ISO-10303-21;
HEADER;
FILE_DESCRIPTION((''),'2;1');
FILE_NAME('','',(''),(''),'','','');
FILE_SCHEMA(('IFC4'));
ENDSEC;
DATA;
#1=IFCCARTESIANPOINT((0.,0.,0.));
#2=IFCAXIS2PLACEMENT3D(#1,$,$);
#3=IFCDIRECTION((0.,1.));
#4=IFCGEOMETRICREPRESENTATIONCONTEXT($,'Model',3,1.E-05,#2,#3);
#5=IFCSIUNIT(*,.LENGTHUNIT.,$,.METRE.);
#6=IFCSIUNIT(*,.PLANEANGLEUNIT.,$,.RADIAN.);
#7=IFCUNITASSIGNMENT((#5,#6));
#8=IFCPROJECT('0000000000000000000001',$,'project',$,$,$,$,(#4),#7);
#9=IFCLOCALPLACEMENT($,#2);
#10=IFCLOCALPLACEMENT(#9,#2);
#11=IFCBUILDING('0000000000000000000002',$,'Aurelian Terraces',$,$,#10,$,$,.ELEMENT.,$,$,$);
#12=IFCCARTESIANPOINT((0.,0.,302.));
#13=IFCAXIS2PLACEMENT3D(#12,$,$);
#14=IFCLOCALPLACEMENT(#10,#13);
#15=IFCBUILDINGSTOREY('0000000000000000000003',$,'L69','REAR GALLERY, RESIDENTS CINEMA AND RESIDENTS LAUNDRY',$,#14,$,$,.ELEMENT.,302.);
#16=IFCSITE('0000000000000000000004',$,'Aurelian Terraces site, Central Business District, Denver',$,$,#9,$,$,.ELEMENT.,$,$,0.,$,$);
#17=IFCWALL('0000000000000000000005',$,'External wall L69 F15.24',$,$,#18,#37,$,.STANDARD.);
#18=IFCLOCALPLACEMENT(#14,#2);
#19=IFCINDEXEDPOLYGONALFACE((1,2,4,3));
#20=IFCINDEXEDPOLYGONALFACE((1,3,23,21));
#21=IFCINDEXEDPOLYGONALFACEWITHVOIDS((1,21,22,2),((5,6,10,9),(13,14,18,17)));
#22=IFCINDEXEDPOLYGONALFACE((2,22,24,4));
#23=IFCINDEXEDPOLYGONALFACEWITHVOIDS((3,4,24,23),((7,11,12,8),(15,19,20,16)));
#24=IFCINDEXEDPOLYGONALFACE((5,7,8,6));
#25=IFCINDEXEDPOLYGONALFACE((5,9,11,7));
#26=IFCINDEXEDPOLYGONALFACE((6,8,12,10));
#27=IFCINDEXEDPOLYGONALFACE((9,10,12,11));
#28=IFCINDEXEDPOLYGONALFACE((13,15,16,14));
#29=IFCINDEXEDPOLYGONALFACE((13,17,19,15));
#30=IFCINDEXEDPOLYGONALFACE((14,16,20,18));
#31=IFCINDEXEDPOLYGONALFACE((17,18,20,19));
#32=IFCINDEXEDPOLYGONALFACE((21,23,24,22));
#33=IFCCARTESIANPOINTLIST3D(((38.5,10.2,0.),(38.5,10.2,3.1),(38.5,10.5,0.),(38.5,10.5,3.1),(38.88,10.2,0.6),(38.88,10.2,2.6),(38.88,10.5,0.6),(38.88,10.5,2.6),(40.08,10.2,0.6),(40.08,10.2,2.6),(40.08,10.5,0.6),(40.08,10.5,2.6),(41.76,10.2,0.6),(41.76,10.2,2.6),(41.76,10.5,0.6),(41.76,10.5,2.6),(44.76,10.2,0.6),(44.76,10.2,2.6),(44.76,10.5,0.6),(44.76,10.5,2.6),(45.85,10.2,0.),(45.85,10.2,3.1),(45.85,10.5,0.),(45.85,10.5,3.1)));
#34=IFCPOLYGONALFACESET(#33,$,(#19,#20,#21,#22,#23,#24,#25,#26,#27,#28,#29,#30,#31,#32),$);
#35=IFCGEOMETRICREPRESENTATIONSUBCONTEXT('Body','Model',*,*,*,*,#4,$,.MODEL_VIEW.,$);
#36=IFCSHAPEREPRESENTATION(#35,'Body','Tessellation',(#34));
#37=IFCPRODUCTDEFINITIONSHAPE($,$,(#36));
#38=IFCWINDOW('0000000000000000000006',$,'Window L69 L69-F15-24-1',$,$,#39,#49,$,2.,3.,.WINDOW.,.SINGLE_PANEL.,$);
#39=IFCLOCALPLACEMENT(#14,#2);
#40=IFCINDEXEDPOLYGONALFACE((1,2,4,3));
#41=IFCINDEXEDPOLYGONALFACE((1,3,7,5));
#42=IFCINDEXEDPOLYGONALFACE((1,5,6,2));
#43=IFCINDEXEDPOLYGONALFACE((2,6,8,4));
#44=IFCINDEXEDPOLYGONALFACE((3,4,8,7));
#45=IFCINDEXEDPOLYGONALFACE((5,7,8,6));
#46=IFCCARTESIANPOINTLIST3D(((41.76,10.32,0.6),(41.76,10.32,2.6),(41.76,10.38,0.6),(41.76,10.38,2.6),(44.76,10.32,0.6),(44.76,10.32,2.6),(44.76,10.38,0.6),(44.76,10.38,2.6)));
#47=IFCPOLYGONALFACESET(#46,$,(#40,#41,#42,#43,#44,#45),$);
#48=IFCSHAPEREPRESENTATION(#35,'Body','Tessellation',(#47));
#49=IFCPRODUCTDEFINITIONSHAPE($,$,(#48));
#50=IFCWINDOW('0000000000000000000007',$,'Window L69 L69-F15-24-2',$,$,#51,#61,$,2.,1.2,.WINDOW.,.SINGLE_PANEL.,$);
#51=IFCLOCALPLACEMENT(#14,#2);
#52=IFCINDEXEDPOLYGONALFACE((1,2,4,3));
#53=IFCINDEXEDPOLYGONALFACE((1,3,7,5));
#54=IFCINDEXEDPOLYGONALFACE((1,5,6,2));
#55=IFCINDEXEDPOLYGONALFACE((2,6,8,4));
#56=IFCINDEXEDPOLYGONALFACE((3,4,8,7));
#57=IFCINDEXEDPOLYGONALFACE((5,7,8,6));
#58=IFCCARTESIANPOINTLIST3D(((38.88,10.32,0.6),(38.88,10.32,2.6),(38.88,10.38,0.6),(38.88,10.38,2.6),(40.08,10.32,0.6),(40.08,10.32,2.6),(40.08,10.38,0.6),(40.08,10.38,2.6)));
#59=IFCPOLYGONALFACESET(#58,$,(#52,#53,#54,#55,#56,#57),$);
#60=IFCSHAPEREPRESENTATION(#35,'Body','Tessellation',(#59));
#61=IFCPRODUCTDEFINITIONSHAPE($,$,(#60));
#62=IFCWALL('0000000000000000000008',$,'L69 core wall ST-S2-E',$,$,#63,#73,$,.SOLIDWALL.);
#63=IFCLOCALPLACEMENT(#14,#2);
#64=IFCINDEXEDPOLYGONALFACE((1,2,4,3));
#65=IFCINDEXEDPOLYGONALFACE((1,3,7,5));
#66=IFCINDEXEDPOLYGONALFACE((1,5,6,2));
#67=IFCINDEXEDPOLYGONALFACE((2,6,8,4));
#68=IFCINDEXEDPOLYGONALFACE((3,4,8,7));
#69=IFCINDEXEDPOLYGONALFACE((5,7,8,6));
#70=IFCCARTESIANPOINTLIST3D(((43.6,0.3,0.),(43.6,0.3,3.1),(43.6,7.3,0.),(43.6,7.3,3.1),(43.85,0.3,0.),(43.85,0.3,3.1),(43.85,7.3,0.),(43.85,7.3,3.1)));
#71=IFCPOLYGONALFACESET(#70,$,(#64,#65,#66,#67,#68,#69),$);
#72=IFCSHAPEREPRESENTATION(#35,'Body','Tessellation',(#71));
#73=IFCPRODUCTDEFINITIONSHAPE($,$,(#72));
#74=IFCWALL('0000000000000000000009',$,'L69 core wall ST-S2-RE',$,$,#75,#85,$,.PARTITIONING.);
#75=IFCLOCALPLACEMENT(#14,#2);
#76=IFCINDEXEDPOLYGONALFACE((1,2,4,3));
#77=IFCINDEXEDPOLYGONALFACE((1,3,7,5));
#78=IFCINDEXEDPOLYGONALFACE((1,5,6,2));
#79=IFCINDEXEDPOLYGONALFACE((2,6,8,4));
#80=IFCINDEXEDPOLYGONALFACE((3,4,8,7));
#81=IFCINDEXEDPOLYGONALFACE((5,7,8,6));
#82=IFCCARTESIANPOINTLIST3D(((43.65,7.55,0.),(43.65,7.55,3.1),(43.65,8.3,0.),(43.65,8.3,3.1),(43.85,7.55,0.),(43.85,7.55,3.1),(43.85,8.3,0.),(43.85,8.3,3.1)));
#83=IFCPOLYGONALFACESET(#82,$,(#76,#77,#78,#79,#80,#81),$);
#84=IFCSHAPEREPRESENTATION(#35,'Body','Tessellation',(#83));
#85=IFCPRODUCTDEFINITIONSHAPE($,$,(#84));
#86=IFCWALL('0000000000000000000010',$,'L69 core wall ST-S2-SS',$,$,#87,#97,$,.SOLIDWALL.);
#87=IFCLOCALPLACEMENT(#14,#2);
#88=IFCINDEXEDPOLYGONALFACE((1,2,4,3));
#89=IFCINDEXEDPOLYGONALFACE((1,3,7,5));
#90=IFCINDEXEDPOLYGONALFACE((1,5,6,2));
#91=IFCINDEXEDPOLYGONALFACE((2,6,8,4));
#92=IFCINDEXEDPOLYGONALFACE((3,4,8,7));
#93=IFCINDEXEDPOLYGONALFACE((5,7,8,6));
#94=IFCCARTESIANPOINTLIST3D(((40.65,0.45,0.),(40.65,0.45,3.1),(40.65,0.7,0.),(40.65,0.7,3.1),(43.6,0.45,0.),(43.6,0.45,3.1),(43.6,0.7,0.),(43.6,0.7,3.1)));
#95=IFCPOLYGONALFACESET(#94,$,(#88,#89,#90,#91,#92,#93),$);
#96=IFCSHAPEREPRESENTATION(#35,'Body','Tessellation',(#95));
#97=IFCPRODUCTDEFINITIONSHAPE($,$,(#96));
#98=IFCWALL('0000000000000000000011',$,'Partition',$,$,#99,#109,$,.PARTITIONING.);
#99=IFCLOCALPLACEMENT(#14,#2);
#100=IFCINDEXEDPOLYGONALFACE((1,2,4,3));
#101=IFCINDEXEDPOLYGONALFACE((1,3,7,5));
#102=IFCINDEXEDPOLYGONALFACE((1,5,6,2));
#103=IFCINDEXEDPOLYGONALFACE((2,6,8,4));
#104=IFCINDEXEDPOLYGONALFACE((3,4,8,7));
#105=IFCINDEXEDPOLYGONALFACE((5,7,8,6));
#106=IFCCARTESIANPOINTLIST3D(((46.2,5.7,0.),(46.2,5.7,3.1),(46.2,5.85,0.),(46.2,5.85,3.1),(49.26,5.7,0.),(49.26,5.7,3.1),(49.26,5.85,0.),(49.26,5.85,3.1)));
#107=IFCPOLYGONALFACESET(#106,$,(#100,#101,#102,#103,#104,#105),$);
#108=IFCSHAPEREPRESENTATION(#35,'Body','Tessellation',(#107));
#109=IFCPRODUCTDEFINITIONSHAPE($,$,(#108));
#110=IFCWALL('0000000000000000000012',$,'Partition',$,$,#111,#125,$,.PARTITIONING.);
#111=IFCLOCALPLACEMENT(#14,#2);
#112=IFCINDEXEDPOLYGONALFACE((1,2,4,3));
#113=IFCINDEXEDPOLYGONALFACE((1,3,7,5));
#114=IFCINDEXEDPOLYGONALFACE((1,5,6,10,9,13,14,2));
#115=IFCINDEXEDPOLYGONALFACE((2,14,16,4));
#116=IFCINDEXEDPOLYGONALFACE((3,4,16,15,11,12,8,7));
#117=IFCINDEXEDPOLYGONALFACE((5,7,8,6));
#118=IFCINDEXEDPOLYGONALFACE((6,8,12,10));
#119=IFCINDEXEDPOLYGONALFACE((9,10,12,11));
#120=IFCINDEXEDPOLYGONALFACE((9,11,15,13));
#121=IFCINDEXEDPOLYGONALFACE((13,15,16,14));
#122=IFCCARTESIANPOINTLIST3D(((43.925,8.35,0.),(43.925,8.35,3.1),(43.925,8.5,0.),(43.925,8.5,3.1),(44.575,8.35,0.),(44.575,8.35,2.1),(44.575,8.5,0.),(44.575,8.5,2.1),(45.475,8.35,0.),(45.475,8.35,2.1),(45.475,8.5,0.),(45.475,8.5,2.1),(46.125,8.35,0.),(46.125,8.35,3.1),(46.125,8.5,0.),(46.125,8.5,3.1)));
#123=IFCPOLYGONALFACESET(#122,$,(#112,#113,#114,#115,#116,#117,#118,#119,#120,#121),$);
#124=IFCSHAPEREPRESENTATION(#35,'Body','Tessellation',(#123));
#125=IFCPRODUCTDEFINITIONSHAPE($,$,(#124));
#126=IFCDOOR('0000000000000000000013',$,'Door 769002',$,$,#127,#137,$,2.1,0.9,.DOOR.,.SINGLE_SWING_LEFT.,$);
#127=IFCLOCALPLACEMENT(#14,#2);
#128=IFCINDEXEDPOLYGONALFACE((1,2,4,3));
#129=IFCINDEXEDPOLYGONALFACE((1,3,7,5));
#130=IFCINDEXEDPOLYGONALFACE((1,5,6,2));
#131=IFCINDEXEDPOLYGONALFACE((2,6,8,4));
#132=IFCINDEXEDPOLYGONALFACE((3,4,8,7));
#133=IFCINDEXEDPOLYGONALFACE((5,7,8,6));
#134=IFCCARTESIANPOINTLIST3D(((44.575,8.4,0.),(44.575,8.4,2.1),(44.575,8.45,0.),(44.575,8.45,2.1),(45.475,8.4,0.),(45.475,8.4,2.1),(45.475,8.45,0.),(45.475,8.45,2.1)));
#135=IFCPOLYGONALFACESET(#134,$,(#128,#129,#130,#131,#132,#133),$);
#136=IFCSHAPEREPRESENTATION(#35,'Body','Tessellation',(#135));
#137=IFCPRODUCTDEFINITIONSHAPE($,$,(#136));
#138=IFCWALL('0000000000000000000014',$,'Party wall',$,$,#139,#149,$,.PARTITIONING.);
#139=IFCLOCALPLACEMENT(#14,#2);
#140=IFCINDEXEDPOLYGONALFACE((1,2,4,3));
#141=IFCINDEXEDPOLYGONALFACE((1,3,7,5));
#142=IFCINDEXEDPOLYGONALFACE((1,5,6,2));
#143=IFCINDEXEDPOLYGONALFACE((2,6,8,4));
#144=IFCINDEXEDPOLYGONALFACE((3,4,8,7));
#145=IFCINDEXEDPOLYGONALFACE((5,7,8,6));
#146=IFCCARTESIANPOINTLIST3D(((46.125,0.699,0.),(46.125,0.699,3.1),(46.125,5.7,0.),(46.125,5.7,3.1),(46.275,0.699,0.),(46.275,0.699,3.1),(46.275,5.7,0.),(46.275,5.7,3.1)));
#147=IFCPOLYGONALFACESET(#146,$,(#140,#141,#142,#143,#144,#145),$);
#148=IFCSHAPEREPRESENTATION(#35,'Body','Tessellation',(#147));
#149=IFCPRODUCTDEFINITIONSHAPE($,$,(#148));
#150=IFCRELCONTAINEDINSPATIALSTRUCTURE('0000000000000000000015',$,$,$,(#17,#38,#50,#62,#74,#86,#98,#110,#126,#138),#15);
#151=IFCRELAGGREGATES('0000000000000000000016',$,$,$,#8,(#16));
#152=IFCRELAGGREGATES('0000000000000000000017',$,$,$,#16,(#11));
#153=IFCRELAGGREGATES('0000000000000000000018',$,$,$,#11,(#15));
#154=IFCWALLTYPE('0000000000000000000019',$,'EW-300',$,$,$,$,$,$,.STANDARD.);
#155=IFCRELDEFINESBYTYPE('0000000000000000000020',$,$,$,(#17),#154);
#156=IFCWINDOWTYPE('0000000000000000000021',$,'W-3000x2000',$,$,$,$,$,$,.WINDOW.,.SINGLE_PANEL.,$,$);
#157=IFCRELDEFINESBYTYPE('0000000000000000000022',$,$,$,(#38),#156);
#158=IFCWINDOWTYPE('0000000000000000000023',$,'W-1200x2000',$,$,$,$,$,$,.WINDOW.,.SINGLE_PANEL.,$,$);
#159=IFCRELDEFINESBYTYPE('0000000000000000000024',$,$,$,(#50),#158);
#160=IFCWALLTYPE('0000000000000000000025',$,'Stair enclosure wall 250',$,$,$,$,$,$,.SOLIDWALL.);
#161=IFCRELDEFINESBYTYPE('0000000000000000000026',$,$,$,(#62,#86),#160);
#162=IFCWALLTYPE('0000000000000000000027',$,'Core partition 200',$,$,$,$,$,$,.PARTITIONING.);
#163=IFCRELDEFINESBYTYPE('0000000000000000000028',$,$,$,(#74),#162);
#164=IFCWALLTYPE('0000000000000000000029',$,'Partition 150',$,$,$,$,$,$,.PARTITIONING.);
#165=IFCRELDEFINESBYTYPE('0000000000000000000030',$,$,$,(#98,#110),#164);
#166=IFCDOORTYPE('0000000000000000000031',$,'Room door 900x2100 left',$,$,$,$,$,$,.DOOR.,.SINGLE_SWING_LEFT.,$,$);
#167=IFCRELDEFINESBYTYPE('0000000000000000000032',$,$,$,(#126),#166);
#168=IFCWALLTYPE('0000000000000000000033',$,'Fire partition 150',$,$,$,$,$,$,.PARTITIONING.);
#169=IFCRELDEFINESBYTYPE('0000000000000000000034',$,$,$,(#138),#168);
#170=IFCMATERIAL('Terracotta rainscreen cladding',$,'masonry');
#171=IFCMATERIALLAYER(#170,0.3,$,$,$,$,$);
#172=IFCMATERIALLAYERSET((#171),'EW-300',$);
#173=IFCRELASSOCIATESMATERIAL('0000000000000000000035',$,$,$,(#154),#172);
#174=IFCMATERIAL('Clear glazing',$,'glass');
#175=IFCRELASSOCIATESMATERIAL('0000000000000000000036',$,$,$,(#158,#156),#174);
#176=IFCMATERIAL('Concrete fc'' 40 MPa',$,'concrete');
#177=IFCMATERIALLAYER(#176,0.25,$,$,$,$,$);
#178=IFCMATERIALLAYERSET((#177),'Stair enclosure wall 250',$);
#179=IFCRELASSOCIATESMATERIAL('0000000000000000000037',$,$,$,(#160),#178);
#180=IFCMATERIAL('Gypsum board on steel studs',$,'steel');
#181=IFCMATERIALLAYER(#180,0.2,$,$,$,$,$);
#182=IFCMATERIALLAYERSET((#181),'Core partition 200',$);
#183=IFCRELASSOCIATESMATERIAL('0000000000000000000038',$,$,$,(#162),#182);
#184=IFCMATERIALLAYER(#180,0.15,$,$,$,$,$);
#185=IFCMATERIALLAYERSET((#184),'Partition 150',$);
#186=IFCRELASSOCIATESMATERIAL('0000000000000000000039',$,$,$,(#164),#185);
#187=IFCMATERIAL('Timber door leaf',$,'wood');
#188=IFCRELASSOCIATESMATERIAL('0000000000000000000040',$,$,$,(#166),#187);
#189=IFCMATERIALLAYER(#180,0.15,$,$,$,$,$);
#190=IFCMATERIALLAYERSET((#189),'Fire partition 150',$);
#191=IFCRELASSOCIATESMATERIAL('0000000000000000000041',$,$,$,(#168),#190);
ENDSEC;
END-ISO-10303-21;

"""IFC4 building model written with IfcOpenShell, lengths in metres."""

from ifc_helpers import new_model, si_unit, direction, frame, frame_2d, origin, place, context, subcontext, project, spatial, rectangle, extrude, source, transform, mapped, material, layer, layer_set, type_object, element, fill, save


model = new_model("IFC4")

# Units and contexts
model_context = context("Model", 3, precision=1e-05, world=origin(), true_north=direction((0.0, 1.0)))
body_context = subcontext(model_context, "Body", "Model", "MODEL_VIEW")
ifc_project = project(units=[si_unit("LENGTHUNIT", "METRE"), si_unit("PLANEANGLEUNIT", "RADIAN")], contexts=[model_context])

# Site, building, storey
site_placement = place(None, origin())
site = spatial("IfcSite", under=ifc_project, at=site_placement, Name="Aurelian Terraces site, Central Business District, Denver", CompositionType="ELEMENT", RefElevation=0.0)
building_placement = place(site_placement, origin())
building = spatial("IfcBuilding", under=site, at=building_placement, Name="Aurelian Terraces", CompositionType="ELEMENT")
storey_placement = place(building_placement, frame((0.0, 0.0, 302.0)))
storey = spatial("IfcBuildingStorey", under=building, at=storey_placement, Name="L69", Description="REAR GALLERY, RESIDENTS CINEMA AND RESIDENTS LAUNDRY", CompositionType="ELEMENT", Elevation=302.0)

# Shared definitions
ifc_material_1 = material(Name="Terracotta rainscreen cladding", Category="masonry")
ifc_layer_1 = layer(ifc_material_1, 0.3)
ifc_layer_set_1 = layer_set([ifc_layer_1], Name="EW-300")
wall_type_1 = type_object("IfcWallType", Name="EW-300", PredefinedType="STANDARD", material=ifc_layer_set_1)
ifc_material_2 = material(Name="Clear glazing", Category="glass")
shared_shape_1 = source(origin(), body_context, "Body", "SweptSolid", [
    extrude(rectangle(XDim=1.2, YDim=2.0, at=frame_2d((0.6, 1.0))), frame((0.0, 0.16, 0.0), z_axis=(0.0, -1.0, 0.0), x_axis=(1.0, 0.0, 0.0)), (0.0, 0.0, 1.0), 0.32),
])
window_type_1 = type_object("IfcWindowType", Name="W-1200x2000", PartitioningType="SINGLE_PANEL", PredefinedType="WINDOW", material=ifc_material_2)
shared_shape_2 = source(origin(), body_context, "Body", "SweptSolid", [
    extrude(rectangle(XDim=1.2, YDim=2.0, at=frame_2d((0.6, 1.0))), frame((0.0, 0.03, 0.0), z_axis=(0.0, -1.0, 0.0), x_axis=(1.0, 0.0, 0.0)), (0.0, 0.0, 1.0), 0.06),
])

# Wall, openings, windows
shared_shape_3 = source(origin(), body_context, "Body", "SweptSolid", [
    extrude(rectangle(XDim=7.35, YDim=0.3, at=frame_2d((3.675, 0.0))), origin(), (0.0, 0.0, 1.0), 3.1),
])
wall_1_placement = place(storey_placement, frame((45.85, 10.35, 0.0), z_axis=(0.0, 0.0, 1.0), x_axis=(-1.0, 0.0, 0.0)))
wall_1 = element("IfcWall", 1, at=wall_1_placement, inside=storey, type_object=wall_type_1, Name="External wall L69 F15.24", PredefinedType="STANDARD", context=body_context, shape_type="MappedRepresentation", body=[
    mapped(shared_shape_3, transform((0.0, 0.0, 0.0), scale=1.0)),
])
shared_shape_4 = source(origin(), body_context, "Body", "SweptSolid", [
    extrude(rectangle(XDim=3.0, YDim=2.0, at=frame_2d((1.5, 1.0))), frame((0.0, 0.16, 0.0), z_axis=(0.0, -1.0, 0.0), x_axis=(1.0, 0.0, 0.0)), (0.0, 0.0, 1.0), 0.32),
])
opening_1_placement = place(wall_1_placement, frame((1.09, 0.0, 0.6)))
opening_1 = element("IfcOpeningElement", 2, at=opening_1_placement, cuts=wall_1, PredefinedType="OPENING", context=body_context, shape_type="MappedRepresentation", body=[
    mapped(shared_shape_4, transform((0.0, 0.0, 0.0), scale=1.0)),
])
opening_2_placement = place(wall_1_placement, frame((5.77, 0.0, 0.6)))
opening_2 = element("IfcOpeningElement", 3, at=opening_2_placement, cuts=wall_1, PredefinedType="OPENING", context=body_context, shape_type="MappedRepresentation", body=[
    mapped(shared_shape_1, transform((0.0, 0.0, 0.0), scale=1.0)),
])
window_type_2 = type_object("IfcWindowType", Name="W-3000x2000", PartitioningType="SINGLE_PANEL", PredefinedType="WINDOW", material=ifc_material_2)
shared_shape_5 = source(origin(), body_context, "Body", "SweptSolid", [
    extrude(rectangle(XDim=3.0, YDim=2.0, at=frame_2d((1.5, 1.0))), frame((0.0, 0.03, 0.0), z_axis=(0.0, -1.0, 0.0), x_axis=(1.0, 0.0, 0.0)), (0.0, 0.0, 1.0), 0.06),
])
window_1_placement = place(opening_1_placement, origin())
window_1 = element("IfcWindow", 4, at=window_1_placement, inside=storey, type_object=window_type_2, Name="Window L69 L69-F15-24-1", OverallHeight=2.0, OverallWidth=3.0, PartitioningType="SINGLE_PANEL", PredefinedType="WINDOW", context=body_context, shape_type="MappedRepresentation", body=[
    mapped(shared_shape_5, transform((0.0, 0.0, 0.0), scale=1.0)),
])
fill(opening_1, window_1)
window_2_placement = place(opening_2_placement, origin())
window_2 = element("IfcWindow", 5, at=window_2_placement, inside=storey, type_object=window_type_1, Name="Window L69 L69-F15-24-2", OverallHeight=2.0, OverallWidth=1.2, PartitioningType="SINGLE_PANEL", PredefinedType="WINDOW", context=body_context, shape_type="MappedRepresentation", body=[
    mapped(shared_shape_2, transform((0.0, 0.0, 0.0), scale=1.0)),
])
fill(opening_2, window_2)

# Walls
ifc_material_3 = material(Name="Concrete fc' 40 MPa", Category="concrete")
ifc_layer_2 = layer(ifc_material_3, 0.25)
ifc_layer_set_2 = layer_set([ifc_layer_2], Name="Stair enclosure wall 250")
wall_type_2 = type_object("IfcWallType", Name="Stair enclosure wall 250", PredefinedType="SOLIDWALL", material=ifc_layer_set_2)
shared_shape_6 = source(origin(), body_context, "Body", "SweptSolid", [
    extrude(rectangle(XDim=7.0, YDim=0.25, at=frame_2d((3.5, 0.0))), origin(), (0.0, 0.0, 1.0), 3.1),
])
wall_2_placement = place(storey_placement, frame((43.725, 0.3, 0.0), z_axis=(0.0, 0.0, 1.0), x_axis=(0.0, 1.0, 0.0)))
element("IfcWall", 6, at=wall_2_placement, inside=storey, type_object=wall_type_2, Name="L69 core wall ST-S2-E", PredefinedType="SOLIDWALL", context=body_context, shape_type="MappedRepresentation", body=[
    mapped(shared_shape_6, transform((0.0, 0.0, 0.0), scale=1.0)),
])
ifc_material_4 = material(Name="Gypsum board on steel studs", Category="steel")
ifc_layer_3 = layer(ifc_material_4, 0.2)
ifc_layer_set_3 = layer_set([ifc_layer_3], Name="Core partition 200")
wall_type_3 = type_object("IfcWallType", Name="Core partition 200", PredefinedType="PARTITIONING", material=ifc_layer_set_3)
shared_shape_7 = source(origin(), body_context, "Body", "SweptSolid", [
    extrude(rectangle(XDim=0.75, YDim=0.2, at=frame_2d((0.375, 0.0))), origin(), (0.0, 0.0, 1.0), 3.1),
])
wall_3_placement = place(storey_placement, frame((43.75, 7.55, 0.0), z_axis=(0.0, 0.0, 1.0), x_axis=(0.0, 1.0, 0.0)))
element("IfcWall", 7, at=wall_3_placement, inside=storey, type_object=wall_type_3, Name="L69 core wall ST-S2-RE", PredefinedType="PARTITIONING", context=body_context, shape_type="MappedRepresentation", body=[
    mapped(shared_shape_7, transform((0.0, 0.0, 0.0), scale=1.0)),
])
shared_shape_8 = source(origin(), body_context, "Body", "SweptSolid", [
    extrude(rectangle(XDim=2.95, YDim=0.25, at=frame_2d((1.475, 0.0))), origin(), (0.0, 0.0, 1.0), 3.1),
])
wall_4_placement = place(storey_placement, frame((40.65, 0.575, 0.0), z_axis=(0.0, 0.0, 1.0), x_axis=(1.0, 0.0, 0.0)))
element("IfcWall", 8, at=wall_4_placement, inside=storey, type_object=wall_type_2, Name="L69 core wall ST-S2-SS", PredefinedType="SOLIDWALL", context=body_context, shape_type="MappedRepresentation", body=[
    mapped(shared_shape_8, transform((0.0, 0.0, 0.0), scale=1.0)),
])
ifc_layer_4 = layer(ifc_material_4, 0.15)
ifc_layer_set_4 = layer_set([ifc_layer_4], Name="Partition 150")
wall_type_4 = type_object("IfcWallType", Name="Partition 150", PredefinedType="PARTITIONING", material=ifc_layer_set_4)
shared_shape_9 = source(origin(), body_context, "Body", "SweptSolid", [
    extrude(rectangle(XDim=3.06, YDim=0.15, at=frame_2d((1.53, 0.0))), origin(), (0.0, 0.0, 1.0), 3.1),
])
wall_5_placement = place(storey_placement, frame((49.26, 5.775, 0.0), z_axis=(0.0, 0.0, 1.0), x_axis=(-1.0, 0.0, 0.0)))
element("IfcWall", 9, at=wall_5_placement, inside=storey, type_object=wall_type_4, Name="Partition", PredefinedType="PARTITIONING", context=body_context, shape_type="MappedRepresentation", body=[
    mapped(shared_shape_9, transform((0.0, 0.0, 0.0), scale=1.0)),
])

# Wall, opening, door
shared_shape_10 = source(origin(), body_context, "Body", "SweptSolid", [
    extrude(rectangle(XDim=2.2, YDim=0.15, at=frame_2d((1.1, 0.0))), origin(), (0.0, 0.0, 1.0), 3.1),
])
wall_6_placement = place(storey_placement, frame((46.125, 8.425, 0.0), z_axis=(0.0, 0.0, 1.0), x_axis=(-1.0, 0.0, 0.0)))
wall_6 = element("IfcWall", 10, at=wall_6_placement, inside=storey, type_object=wall_type_4, Name="Partition", PredefinedType="PARTITIONING", context=body_context, shape_type="MappedRepresentation", body=[
    mapped(shared_shape_10, transform((0.0, 0.0, 0.0), scale=1.0)),
])
shared_shape_11 = source(origin(), body_context, "Body", "SweptSolid", [
    extrude(rectangle(XDim=0.9, YDim=2.1, at=frame_2d((0.45, 1.05))), frame((0.0, 0.085, 0.0), z_axis=(0.0, -1.0, 0.0), x_axis=(1.0, 0.0, 0.0)), (0.0, 0.0, 1.0), 0.17),
])
opening_3_placement = place(wall_6_placement, frame((0.65, 0.0, 0.0)))
opening_3 = element("IfcOpeningElement", 11, at=opening_3_placement, cuts=wall_6, PredefinedType="OPENING", context=body_context, shape_type="MappedRepresentation", body=[
    mapped(shared_shape_11, transform((0.0, 0.0, 0.0), scale=1.0)),
])
ifc_material_5 = material(Name="Timber door leaf", Category="wood")
door_type = type_object("IfcDoorType", Name="Room door 900x2100 left", OperationType="SINGLE_SWING_LEFT", PredefinedType="DOOR", material=ifc_material_5)
shared_shape_12 = source(origin(), body_context, "Body", "SweptSolid", [
    extrude(rectangle(XDim=0.9, YDim=2.1, at=frame_2d((0.45, 1.05))), frame((0.0, 0.025, 0.0), z_axis=(0.0, -1.0, 0.0), x_axis=(1.0, 0.0, 0.0)), (0.0, 0.0, 1.0), 0.05),
])
door_1_placement = place(opening_3_placement, origin())
door_1 = element("IfcDoor", 12, at=door_1_placement, inside=storey, type_object=door_type, Name="Door 769002", OperationType="SINGLE_SWING_LEFT", OverallHeight=2.1, OverallWidth=0.9, PredefinedType="DOOR", context=body_context, shape_type="MappedRepresentation", body=[
    mapped(shared_shape_12, transform((0.0, 0.0, 0.0), scale=1.0)),
])
fill(opening_3, door_1)

# Wall
ifc_layer_5 = layer(ifc_material_4, 0.15)
ifc_layer_set_5 = layer_set([ifc_layer_5], Name="Fire partition 150")
wall_type_5 = type_object("IfcWallType", Name="Fire partition 150", PredefinedType="PARTITIONING", material=ifc_layer_set_5)
shared_shape_13 = source(origin(), body_context, "Body", "SweptSolid", [
    extrude(rectangle(XDim=5.001, YDim=0.15, at=frame_2d((2.5005, 0.0))), origin(), (0.0, 0.0, 1.0), 3.1),
])
wall_7_placement = place(storey_placement, frame((46.2, 0.699, 0.0), z_axis=(0.0, 0.0, 1.0), x_axis=(0.0, 1.0, 0.0)))
element("IfcWall", 13, at=wall_7_placement, inside=storey, type_object=wall_type_5, Name="Party wall", PredefinedType="PARTITIONING", context=body_context, shape_type="MappedRepresentation", body=[
    mapped(shared_shape_13, transform((0.0, 0.0, 0.0), scale=1.0)),
])

save(model, "model.ifc")
